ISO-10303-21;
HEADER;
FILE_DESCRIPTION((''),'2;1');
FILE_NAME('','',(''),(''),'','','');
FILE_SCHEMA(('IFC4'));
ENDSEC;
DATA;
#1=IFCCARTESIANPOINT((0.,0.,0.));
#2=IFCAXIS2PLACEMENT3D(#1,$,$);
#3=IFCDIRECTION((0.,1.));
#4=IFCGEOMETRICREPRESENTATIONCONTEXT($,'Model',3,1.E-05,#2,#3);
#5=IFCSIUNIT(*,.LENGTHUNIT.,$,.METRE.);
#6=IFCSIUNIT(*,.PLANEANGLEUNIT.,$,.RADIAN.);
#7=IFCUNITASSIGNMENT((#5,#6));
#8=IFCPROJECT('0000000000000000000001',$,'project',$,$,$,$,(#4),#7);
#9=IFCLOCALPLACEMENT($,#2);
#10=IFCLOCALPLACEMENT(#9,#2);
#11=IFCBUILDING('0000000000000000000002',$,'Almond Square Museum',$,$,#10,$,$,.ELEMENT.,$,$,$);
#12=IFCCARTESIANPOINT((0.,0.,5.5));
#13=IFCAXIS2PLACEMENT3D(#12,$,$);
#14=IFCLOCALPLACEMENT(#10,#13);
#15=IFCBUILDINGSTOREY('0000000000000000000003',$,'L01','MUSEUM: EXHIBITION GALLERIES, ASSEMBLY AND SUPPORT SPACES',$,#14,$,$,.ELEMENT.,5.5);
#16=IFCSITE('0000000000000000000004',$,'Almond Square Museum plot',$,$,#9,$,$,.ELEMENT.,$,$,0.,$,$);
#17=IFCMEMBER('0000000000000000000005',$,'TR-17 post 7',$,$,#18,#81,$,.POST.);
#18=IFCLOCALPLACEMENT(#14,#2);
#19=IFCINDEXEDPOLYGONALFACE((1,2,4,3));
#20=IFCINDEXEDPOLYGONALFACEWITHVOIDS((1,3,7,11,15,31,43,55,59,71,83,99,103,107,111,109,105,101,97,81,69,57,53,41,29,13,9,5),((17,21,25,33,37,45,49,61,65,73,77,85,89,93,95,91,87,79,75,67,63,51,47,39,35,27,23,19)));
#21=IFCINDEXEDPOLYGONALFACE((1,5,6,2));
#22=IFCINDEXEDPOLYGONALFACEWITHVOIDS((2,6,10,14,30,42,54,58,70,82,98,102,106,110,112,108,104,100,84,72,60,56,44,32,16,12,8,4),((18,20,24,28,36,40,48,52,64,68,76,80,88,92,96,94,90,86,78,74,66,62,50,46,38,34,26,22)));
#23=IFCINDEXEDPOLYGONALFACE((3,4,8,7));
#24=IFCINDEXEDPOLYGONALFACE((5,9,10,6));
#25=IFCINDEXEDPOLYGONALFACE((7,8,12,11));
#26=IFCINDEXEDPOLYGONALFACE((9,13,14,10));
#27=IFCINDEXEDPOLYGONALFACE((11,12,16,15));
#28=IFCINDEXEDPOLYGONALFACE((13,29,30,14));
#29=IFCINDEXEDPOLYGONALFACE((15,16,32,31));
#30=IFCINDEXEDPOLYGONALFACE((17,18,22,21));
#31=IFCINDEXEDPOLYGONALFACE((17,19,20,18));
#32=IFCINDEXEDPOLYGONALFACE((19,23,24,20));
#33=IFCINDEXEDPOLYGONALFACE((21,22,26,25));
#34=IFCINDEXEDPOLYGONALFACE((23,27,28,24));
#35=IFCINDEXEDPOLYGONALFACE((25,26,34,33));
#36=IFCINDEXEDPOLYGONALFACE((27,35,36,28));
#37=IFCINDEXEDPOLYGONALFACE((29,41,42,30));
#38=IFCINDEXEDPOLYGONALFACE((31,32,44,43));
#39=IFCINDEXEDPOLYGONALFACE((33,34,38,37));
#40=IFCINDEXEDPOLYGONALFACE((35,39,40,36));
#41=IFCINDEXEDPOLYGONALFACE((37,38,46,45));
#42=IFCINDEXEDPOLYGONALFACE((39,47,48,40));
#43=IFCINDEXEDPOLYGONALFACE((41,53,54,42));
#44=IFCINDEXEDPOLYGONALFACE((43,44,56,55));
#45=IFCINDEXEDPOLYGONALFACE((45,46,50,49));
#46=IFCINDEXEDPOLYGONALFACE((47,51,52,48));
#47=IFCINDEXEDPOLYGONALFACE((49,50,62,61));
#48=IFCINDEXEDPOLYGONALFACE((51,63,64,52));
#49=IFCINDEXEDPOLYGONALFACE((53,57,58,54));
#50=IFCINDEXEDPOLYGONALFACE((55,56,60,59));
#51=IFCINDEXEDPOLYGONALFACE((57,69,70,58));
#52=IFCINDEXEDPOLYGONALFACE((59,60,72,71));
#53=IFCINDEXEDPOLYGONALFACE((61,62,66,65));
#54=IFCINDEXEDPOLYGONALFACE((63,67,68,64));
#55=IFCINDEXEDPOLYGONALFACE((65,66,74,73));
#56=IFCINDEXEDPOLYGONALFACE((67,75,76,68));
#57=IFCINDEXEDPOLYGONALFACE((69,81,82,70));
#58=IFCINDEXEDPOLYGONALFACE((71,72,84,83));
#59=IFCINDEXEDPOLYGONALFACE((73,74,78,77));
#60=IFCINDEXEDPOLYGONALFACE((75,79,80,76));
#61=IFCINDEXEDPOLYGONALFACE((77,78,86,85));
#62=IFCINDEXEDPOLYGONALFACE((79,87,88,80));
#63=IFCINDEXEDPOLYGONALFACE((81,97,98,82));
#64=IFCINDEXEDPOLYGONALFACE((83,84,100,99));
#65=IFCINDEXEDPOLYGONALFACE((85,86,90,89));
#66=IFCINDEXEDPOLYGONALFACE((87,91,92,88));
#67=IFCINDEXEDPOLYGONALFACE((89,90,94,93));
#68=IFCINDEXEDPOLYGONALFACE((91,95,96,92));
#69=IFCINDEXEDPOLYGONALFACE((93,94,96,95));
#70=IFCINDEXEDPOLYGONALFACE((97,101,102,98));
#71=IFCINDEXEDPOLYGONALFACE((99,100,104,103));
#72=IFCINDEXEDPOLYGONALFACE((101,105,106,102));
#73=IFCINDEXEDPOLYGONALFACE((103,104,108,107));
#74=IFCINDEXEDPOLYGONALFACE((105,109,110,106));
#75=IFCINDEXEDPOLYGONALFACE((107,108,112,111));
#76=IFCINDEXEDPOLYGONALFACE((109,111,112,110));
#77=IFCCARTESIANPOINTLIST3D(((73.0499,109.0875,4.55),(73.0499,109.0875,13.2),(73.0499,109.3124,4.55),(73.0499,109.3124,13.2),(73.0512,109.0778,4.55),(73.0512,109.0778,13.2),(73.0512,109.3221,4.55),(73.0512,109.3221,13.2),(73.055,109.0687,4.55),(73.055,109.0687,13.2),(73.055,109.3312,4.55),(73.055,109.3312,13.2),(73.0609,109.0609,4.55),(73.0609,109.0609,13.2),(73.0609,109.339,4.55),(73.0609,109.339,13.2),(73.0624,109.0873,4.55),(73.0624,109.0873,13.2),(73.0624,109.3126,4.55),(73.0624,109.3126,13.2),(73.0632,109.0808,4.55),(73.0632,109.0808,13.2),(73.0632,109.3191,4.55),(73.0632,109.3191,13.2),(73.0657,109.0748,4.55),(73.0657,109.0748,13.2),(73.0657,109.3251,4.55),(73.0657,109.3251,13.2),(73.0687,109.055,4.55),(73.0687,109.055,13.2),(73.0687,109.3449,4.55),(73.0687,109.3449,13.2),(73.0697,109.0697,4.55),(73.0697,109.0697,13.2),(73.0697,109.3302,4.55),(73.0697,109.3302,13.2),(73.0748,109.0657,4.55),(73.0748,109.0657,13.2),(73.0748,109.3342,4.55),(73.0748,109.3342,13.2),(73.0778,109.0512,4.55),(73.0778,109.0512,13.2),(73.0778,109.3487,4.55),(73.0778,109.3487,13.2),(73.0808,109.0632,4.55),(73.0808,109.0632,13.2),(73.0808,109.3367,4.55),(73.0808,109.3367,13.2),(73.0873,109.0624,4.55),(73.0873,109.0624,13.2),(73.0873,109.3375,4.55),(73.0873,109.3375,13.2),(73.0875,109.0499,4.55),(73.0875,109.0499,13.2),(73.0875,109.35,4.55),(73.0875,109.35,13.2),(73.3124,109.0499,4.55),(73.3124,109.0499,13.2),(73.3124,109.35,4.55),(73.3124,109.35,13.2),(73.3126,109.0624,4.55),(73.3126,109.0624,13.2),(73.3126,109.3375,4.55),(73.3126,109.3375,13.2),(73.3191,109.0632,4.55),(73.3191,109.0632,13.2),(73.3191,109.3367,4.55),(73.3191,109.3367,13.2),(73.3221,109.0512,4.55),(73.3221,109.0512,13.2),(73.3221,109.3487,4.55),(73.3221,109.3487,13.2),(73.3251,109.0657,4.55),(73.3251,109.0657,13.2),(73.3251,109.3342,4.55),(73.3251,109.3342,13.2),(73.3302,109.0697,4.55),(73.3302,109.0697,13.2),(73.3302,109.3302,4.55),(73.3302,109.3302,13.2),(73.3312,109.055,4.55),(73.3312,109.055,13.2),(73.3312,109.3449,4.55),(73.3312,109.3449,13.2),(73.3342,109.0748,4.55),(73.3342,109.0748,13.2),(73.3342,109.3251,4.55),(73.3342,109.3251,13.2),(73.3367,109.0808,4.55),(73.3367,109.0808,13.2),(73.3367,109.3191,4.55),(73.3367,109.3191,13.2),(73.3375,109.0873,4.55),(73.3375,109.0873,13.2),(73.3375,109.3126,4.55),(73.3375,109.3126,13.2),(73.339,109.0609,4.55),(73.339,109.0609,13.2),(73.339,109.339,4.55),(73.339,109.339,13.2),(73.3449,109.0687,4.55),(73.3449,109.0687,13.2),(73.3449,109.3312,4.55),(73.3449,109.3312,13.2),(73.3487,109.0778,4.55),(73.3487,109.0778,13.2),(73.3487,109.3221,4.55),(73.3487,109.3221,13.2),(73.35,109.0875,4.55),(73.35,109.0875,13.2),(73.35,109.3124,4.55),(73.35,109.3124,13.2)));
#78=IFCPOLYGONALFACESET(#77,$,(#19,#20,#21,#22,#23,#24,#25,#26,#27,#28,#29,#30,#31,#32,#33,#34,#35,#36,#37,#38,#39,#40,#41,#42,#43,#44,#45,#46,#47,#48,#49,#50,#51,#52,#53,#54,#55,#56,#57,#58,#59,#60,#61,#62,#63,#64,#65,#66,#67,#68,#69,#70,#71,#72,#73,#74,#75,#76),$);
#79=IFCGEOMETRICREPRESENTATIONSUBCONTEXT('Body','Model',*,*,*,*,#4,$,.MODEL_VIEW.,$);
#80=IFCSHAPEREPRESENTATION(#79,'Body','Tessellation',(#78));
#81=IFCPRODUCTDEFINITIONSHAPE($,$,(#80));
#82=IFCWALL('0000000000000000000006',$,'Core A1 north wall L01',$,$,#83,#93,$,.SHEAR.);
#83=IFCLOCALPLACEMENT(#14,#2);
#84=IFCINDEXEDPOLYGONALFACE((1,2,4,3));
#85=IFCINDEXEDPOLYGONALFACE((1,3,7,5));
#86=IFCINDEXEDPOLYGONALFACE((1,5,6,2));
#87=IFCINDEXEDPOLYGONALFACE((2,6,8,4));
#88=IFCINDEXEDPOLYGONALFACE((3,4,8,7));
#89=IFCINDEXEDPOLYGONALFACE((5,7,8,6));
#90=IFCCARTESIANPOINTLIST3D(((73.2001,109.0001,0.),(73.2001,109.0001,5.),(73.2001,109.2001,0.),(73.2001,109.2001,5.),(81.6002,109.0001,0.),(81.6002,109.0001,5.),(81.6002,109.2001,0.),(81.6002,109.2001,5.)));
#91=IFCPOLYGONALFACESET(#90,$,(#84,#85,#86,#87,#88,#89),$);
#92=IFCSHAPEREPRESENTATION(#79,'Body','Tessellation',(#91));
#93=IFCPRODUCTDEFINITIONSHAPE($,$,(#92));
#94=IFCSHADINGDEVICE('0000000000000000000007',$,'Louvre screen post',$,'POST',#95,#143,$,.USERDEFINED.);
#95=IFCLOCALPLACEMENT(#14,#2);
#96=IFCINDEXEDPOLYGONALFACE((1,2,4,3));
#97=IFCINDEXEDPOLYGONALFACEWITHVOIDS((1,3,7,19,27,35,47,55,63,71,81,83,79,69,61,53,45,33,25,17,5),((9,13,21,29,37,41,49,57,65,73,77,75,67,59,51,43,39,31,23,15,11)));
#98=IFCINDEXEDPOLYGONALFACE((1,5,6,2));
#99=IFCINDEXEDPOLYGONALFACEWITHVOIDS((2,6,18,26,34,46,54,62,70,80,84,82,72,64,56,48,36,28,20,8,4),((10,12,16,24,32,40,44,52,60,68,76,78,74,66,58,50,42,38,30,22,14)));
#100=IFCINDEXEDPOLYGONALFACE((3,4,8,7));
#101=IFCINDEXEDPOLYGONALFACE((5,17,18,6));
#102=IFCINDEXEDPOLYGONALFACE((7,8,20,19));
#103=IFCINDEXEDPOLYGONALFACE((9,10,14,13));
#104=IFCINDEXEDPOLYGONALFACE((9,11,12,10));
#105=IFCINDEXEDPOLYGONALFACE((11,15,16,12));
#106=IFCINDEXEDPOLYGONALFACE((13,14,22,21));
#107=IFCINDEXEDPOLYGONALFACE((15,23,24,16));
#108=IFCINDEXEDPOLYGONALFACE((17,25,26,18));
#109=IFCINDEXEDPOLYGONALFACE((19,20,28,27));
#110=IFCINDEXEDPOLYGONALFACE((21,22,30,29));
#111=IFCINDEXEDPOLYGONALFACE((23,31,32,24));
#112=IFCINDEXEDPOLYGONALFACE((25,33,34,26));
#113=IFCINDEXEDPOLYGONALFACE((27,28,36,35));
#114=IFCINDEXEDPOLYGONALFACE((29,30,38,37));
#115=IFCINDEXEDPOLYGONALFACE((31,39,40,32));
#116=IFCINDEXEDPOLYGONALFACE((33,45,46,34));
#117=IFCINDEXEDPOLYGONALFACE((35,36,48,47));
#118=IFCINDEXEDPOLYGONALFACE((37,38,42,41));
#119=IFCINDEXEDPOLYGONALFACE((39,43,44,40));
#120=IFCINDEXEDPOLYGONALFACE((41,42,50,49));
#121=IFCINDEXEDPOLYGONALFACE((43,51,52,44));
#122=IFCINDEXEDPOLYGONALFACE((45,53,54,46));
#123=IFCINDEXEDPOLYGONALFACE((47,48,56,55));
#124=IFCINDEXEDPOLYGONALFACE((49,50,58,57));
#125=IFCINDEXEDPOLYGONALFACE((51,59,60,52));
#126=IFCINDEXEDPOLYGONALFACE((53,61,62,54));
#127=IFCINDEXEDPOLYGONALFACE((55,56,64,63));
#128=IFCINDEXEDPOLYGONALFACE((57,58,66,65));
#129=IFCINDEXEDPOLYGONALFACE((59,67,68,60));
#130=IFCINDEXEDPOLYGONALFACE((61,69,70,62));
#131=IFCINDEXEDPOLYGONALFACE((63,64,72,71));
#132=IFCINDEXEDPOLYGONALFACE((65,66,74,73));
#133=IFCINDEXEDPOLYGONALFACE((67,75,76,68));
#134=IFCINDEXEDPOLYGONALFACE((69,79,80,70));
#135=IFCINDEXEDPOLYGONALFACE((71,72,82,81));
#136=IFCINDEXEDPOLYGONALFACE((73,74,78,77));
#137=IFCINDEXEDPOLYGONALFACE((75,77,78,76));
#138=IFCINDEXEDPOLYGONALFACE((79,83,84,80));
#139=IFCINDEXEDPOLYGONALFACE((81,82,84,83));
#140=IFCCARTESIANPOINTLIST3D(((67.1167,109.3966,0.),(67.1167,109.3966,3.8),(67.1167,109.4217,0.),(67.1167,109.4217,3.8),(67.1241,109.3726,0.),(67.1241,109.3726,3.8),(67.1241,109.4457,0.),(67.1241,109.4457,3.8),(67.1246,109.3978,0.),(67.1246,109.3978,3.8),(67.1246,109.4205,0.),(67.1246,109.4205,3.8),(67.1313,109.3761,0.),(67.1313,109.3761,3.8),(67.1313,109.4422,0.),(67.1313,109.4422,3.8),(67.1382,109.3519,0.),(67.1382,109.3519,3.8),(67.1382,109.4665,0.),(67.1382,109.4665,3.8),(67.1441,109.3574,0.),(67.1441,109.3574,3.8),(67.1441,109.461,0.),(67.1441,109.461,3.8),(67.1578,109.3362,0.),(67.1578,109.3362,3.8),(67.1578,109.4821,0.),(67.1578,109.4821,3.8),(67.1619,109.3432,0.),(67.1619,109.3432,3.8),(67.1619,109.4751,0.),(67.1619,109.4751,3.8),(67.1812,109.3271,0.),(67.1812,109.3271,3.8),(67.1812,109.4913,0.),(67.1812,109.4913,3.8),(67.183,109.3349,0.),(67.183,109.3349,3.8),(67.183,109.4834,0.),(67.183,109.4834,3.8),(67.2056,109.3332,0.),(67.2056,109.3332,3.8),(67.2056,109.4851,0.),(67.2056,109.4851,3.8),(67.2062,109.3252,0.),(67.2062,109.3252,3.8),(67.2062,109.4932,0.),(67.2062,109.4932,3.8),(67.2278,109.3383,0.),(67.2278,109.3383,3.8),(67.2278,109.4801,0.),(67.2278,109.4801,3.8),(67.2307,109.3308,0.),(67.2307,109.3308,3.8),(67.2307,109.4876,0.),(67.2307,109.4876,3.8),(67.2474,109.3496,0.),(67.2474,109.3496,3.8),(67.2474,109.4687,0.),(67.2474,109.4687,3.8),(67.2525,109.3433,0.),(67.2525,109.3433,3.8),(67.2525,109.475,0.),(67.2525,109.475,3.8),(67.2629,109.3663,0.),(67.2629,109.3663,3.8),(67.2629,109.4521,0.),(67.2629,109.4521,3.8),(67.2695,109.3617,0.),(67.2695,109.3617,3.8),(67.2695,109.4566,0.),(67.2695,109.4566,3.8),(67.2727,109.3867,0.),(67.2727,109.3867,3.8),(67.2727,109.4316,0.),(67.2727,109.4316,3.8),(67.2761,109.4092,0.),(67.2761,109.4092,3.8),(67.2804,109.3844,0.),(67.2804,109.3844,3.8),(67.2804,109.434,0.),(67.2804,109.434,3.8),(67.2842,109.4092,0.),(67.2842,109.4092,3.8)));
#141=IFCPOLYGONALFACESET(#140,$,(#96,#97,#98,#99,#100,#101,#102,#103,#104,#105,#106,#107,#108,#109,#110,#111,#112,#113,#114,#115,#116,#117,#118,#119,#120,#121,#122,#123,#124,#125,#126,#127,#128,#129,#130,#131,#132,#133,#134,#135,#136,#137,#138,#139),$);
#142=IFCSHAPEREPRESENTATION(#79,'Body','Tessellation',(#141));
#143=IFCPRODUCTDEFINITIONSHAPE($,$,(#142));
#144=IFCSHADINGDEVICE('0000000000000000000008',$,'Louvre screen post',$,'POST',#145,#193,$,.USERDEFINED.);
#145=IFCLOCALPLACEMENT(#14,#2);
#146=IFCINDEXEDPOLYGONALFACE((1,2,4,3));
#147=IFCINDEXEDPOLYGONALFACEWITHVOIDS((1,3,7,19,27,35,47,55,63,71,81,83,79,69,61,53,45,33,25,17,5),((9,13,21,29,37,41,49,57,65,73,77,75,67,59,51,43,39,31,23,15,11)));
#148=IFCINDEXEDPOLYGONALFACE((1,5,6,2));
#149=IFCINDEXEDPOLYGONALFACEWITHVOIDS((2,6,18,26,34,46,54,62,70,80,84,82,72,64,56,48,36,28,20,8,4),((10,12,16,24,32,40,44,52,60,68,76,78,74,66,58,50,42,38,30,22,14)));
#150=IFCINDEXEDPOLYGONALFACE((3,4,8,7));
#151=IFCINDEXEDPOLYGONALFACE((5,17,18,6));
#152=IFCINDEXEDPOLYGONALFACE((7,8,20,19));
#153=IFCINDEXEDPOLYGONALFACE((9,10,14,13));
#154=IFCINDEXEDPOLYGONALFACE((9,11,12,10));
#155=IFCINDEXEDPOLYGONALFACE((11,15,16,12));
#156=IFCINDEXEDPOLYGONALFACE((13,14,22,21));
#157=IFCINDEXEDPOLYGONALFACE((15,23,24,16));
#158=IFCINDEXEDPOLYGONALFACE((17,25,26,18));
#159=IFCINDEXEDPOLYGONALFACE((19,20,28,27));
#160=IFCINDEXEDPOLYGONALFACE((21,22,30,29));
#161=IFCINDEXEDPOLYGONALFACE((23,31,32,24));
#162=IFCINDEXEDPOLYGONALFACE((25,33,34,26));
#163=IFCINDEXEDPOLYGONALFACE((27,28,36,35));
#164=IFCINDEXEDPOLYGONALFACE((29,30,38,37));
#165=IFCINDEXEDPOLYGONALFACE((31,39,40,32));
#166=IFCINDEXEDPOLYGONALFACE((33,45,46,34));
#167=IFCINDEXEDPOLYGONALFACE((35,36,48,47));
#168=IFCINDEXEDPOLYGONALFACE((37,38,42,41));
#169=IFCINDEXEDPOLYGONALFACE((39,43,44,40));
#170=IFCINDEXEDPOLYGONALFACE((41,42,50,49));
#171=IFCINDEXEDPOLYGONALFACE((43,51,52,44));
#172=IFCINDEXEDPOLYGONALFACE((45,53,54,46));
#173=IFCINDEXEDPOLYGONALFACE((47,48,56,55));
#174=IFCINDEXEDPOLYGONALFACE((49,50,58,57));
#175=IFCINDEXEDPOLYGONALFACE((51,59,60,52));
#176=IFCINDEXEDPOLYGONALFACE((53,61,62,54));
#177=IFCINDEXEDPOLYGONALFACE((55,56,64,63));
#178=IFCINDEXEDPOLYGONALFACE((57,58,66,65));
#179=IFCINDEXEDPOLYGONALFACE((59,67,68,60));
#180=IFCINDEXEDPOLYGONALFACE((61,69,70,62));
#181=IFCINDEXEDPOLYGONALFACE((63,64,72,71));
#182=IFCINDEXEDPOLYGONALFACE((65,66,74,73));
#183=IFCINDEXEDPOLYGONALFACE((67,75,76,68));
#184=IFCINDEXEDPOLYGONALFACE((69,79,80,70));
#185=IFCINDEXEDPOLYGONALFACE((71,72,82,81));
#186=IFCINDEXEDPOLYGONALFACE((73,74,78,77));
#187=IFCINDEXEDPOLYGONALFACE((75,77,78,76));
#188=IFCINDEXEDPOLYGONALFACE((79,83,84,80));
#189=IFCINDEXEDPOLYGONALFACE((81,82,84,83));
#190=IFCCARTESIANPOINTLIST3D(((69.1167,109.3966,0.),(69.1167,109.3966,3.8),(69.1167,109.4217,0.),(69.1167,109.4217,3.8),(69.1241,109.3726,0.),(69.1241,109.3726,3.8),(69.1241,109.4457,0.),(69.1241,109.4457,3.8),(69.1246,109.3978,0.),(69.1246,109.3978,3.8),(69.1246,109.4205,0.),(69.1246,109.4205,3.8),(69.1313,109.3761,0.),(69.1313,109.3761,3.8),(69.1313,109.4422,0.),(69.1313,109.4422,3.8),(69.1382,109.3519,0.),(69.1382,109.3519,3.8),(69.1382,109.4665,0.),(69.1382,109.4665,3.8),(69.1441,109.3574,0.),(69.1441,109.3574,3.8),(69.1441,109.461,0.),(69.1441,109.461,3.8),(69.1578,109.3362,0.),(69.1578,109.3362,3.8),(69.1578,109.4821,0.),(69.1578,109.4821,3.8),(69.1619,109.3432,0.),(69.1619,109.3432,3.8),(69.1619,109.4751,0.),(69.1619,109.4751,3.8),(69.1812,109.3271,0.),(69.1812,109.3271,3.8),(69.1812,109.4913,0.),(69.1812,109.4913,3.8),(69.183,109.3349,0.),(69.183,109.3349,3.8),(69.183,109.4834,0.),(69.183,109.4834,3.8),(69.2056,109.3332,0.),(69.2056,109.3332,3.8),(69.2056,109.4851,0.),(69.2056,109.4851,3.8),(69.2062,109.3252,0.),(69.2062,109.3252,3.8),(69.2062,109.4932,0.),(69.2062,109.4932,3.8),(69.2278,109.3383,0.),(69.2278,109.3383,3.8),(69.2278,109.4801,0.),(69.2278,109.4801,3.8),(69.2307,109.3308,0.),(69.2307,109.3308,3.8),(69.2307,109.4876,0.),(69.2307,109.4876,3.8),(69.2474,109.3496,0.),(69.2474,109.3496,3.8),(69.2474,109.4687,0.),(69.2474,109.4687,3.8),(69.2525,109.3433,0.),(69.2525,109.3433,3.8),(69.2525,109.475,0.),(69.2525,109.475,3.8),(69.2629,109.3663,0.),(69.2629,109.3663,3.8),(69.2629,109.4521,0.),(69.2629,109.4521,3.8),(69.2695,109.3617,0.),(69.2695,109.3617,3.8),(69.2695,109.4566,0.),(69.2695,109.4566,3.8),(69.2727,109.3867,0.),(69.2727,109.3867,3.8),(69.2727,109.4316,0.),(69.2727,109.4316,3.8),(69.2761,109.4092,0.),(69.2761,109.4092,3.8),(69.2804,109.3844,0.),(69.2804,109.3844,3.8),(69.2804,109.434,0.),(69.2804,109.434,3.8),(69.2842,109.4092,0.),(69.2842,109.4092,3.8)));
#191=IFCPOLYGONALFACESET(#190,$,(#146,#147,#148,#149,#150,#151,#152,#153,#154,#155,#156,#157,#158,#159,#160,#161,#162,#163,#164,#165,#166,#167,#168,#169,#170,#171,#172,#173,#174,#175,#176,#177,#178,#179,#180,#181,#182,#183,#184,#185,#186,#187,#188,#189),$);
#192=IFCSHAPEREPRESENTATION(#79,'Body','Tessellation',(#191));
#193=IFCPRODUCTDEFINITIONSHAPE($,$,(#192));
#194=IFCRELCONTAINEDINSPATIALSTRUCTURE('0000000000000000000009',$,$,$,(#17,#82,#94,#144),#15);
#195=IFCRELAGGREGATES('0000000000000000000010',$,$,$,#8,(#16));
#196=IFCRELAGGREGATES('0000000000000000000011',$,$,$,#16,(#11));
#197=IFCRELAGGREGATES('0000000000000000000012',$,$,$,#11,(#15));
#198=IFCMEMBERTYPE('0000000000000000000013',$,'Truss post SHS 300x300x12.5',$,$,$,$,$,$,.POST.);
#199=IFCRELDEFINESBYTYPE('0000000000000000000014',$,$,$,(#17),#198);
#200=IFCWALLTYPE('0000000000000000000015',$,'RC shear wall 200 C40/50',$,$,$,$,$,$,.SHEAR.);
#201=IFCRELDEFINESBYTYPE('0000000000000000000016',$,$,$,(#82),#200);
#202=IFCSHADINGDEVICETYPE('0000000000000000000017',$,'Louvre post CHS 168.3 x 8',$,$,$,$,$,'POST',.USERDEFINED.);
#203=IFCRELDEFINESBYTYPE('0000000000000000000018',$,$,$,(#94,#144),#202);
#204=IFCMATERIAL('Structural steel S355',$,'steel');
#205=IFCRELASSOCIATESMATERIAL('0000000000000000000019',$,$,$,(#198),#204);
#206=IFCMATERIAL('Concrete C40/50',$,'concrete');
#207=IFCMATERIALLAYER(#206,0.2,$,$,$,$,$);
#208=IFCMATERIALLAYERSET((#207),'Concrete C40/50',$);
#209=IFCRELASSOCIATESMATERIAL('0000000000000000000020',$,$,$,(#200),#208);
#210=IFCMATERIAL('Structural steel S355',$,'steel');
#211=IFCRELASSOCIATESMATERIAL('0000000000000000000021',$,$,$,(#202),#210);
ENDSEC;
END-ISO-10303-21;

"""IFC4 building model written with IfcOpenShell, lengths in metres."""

from ifc_helpers import new_model, si_unit, direction, frame, frame_2d, origin, origin_2d, place, context, subcontext, project, spatial, rectangle, hollow_rectangle, hollow_circle, extrude, material, layer, layer_set, material_profile, profile_set, type_object, element, save


model = new_model("IFC4")

# Units and contexts
model_context = context("Model", 3, precision=1e-05, world=origin(), true_north=direction((0.0, 1.0)))
body_context = subcontext(model_context, "Body", "Model", "MODEL_VIEW")
ifc_project = project(units=[si_unit("LENGTHUNIT", "METRE"), si_unit("PLANEANGLEUNIT", "RADIAN")], contexts=[model_context])

# Site, building, storey
site_placement = place(None, origin())
site = spatial("IfcSite", under=ifc_project, at=site_placement, Name="Almond Square Museum plot", CompositionType="ELEMENT", RefElevation=0.0)
building_placement = place(site_placement, origin())
building = spatial("IfcBuilding", under=site, at=building_placement, Name="Almond Square Museum", CompositionType="ELEMENT")
storey_placement = place(building_placement, frame((0.0, 0.0, 5.5)))
storey = spatial("IfcBuildingStorey", under=building, at=storey_placement, Name="L01", Description="MUSEUM: EXHIBITION GALLERIES, ASSEMBLY AND SUPPORT SPACES", CompositionType="ELEMENT", Elevation=5.5)

# Member
ifc_material_1 = material(Name="Structural steel S355", Category="steel")
ifc_material_profile_1 = material_profile(ifc_material_1, hollow_rectangle(XDim=0.3, YDim=0.3, WallThickness=0.0125, InnerFilletRadius=0.0249, OuterFilletRadius=0.0376, at=origin_2d()))
ifc_profile_set_1 = profile_set([ifc_material_profile_1], Name="Structural steel S355")
member_type_1 = type_object("IfcMemberType", Name="Truss post SHS 300x300x12.5", PredefinedType="POST", material=ifc_profile_set_1)
member_1_placement = place(storey_placement, frame((73.2, 109.2, 4.55), z_axis=(0.0, 0.0, 1.0), x_axis=(1.0, 0.0, 0.0)))
element("IfcMember", 1, at=member_1_placement, inside=storey, type_object=member_type_1, Name="TR-17 post 7", PredefinedType="POST", context=body_context, shape_type="SweptSolid", body=[
    extrude(hollow_rectangle(XDim=0.3, YDim=0.3, WallThickness=0.0125, InnerFilletRadius=0.0249, OuterFilletRadius=0.0376, at=origin_2d()), origin(), (0.0, 0.0, 1.0), 8.6499),
])

# Wall
ifc_material_2 = material(Name="Concrete C40/50", Category="concrete")
ifc_layer = layer(ifc_material_2, 0.2)
ifc_layer_set = layer_set([ifc_layer], Name="Concrete C40/50")
wall_type = type_object("IfcWallType", Name="RC shear wall 200 C40/50", PredefinedType="SHEAR", material=ifc_layer_set)
wall_placement = place(storey_placement, frame((73.2, 109.1001, 0.0), z_axis=(0.0, 0.0, 1.0), x_axis=(1.0, 0.0, 0.0)))
element("IfcWall", 2, at=wall_placement, inside=storey, type_object=wall_type, Name="Core A1 north wall L01", PredefinedType="SHEAR", context=body_context, shape_type="SweptSolid", body=[
    extrude(rectangle(XDim=8.4001, YDim=0.2, at=frame_2d((4.2002, 0.0))), origin(), (0.0, 0.0, 1.0), 5.0),
])

# Shading devices
ifc_material_3 = material(Name="Structural steel S355", Category="steel")
ifc_material_profile_2 = material_profile(ifc_material_3, hollow_circle(Radius=0.0842, WallThickness=0.0081, at=origin_2d()))
ifc_profile_set_2 = profile_set([ifc_material_profile_2], Name="Structural steel S355")
shading_device_type = type_object("IfcShadingDeviceType", Name="Louvre post CHS 168.3 x 8", ElementType="POST", PredefinedType="USERDEFINED", material=ifc_profile_set_2)
for number, where, z_axis, x_axis, name in (
    (3, (67.2, 109.4092, 0.0), (0.0, 0.0, 1.0), (1.0, 0.0, 0.0), "Louvre screen post"),
    (4, (69.2, 109.4092, 0.0), (0.0, 0.0, 1.0), (1.0, 0.0, 0.0), "Louvre screen post"),
):
    element("IfcShadingDevice", number, at=place(storey_placement, frame(where, z_axis=z_axis, x_axis=x_axis)), inside=storey, type_object=shading_device_type, Name=name, ObjectType="POST", PredefinedType="USERDEFINED", context=body_context, shape_type="SweptSolid", body=[
        extrude(hollow_circle(Radius=0.0842, WallThickness=0.0081, at=origin_2d()), origin(), (0.0, 0.0, 1.0), 3.8),
    ])

save(model, "model.ifc")
